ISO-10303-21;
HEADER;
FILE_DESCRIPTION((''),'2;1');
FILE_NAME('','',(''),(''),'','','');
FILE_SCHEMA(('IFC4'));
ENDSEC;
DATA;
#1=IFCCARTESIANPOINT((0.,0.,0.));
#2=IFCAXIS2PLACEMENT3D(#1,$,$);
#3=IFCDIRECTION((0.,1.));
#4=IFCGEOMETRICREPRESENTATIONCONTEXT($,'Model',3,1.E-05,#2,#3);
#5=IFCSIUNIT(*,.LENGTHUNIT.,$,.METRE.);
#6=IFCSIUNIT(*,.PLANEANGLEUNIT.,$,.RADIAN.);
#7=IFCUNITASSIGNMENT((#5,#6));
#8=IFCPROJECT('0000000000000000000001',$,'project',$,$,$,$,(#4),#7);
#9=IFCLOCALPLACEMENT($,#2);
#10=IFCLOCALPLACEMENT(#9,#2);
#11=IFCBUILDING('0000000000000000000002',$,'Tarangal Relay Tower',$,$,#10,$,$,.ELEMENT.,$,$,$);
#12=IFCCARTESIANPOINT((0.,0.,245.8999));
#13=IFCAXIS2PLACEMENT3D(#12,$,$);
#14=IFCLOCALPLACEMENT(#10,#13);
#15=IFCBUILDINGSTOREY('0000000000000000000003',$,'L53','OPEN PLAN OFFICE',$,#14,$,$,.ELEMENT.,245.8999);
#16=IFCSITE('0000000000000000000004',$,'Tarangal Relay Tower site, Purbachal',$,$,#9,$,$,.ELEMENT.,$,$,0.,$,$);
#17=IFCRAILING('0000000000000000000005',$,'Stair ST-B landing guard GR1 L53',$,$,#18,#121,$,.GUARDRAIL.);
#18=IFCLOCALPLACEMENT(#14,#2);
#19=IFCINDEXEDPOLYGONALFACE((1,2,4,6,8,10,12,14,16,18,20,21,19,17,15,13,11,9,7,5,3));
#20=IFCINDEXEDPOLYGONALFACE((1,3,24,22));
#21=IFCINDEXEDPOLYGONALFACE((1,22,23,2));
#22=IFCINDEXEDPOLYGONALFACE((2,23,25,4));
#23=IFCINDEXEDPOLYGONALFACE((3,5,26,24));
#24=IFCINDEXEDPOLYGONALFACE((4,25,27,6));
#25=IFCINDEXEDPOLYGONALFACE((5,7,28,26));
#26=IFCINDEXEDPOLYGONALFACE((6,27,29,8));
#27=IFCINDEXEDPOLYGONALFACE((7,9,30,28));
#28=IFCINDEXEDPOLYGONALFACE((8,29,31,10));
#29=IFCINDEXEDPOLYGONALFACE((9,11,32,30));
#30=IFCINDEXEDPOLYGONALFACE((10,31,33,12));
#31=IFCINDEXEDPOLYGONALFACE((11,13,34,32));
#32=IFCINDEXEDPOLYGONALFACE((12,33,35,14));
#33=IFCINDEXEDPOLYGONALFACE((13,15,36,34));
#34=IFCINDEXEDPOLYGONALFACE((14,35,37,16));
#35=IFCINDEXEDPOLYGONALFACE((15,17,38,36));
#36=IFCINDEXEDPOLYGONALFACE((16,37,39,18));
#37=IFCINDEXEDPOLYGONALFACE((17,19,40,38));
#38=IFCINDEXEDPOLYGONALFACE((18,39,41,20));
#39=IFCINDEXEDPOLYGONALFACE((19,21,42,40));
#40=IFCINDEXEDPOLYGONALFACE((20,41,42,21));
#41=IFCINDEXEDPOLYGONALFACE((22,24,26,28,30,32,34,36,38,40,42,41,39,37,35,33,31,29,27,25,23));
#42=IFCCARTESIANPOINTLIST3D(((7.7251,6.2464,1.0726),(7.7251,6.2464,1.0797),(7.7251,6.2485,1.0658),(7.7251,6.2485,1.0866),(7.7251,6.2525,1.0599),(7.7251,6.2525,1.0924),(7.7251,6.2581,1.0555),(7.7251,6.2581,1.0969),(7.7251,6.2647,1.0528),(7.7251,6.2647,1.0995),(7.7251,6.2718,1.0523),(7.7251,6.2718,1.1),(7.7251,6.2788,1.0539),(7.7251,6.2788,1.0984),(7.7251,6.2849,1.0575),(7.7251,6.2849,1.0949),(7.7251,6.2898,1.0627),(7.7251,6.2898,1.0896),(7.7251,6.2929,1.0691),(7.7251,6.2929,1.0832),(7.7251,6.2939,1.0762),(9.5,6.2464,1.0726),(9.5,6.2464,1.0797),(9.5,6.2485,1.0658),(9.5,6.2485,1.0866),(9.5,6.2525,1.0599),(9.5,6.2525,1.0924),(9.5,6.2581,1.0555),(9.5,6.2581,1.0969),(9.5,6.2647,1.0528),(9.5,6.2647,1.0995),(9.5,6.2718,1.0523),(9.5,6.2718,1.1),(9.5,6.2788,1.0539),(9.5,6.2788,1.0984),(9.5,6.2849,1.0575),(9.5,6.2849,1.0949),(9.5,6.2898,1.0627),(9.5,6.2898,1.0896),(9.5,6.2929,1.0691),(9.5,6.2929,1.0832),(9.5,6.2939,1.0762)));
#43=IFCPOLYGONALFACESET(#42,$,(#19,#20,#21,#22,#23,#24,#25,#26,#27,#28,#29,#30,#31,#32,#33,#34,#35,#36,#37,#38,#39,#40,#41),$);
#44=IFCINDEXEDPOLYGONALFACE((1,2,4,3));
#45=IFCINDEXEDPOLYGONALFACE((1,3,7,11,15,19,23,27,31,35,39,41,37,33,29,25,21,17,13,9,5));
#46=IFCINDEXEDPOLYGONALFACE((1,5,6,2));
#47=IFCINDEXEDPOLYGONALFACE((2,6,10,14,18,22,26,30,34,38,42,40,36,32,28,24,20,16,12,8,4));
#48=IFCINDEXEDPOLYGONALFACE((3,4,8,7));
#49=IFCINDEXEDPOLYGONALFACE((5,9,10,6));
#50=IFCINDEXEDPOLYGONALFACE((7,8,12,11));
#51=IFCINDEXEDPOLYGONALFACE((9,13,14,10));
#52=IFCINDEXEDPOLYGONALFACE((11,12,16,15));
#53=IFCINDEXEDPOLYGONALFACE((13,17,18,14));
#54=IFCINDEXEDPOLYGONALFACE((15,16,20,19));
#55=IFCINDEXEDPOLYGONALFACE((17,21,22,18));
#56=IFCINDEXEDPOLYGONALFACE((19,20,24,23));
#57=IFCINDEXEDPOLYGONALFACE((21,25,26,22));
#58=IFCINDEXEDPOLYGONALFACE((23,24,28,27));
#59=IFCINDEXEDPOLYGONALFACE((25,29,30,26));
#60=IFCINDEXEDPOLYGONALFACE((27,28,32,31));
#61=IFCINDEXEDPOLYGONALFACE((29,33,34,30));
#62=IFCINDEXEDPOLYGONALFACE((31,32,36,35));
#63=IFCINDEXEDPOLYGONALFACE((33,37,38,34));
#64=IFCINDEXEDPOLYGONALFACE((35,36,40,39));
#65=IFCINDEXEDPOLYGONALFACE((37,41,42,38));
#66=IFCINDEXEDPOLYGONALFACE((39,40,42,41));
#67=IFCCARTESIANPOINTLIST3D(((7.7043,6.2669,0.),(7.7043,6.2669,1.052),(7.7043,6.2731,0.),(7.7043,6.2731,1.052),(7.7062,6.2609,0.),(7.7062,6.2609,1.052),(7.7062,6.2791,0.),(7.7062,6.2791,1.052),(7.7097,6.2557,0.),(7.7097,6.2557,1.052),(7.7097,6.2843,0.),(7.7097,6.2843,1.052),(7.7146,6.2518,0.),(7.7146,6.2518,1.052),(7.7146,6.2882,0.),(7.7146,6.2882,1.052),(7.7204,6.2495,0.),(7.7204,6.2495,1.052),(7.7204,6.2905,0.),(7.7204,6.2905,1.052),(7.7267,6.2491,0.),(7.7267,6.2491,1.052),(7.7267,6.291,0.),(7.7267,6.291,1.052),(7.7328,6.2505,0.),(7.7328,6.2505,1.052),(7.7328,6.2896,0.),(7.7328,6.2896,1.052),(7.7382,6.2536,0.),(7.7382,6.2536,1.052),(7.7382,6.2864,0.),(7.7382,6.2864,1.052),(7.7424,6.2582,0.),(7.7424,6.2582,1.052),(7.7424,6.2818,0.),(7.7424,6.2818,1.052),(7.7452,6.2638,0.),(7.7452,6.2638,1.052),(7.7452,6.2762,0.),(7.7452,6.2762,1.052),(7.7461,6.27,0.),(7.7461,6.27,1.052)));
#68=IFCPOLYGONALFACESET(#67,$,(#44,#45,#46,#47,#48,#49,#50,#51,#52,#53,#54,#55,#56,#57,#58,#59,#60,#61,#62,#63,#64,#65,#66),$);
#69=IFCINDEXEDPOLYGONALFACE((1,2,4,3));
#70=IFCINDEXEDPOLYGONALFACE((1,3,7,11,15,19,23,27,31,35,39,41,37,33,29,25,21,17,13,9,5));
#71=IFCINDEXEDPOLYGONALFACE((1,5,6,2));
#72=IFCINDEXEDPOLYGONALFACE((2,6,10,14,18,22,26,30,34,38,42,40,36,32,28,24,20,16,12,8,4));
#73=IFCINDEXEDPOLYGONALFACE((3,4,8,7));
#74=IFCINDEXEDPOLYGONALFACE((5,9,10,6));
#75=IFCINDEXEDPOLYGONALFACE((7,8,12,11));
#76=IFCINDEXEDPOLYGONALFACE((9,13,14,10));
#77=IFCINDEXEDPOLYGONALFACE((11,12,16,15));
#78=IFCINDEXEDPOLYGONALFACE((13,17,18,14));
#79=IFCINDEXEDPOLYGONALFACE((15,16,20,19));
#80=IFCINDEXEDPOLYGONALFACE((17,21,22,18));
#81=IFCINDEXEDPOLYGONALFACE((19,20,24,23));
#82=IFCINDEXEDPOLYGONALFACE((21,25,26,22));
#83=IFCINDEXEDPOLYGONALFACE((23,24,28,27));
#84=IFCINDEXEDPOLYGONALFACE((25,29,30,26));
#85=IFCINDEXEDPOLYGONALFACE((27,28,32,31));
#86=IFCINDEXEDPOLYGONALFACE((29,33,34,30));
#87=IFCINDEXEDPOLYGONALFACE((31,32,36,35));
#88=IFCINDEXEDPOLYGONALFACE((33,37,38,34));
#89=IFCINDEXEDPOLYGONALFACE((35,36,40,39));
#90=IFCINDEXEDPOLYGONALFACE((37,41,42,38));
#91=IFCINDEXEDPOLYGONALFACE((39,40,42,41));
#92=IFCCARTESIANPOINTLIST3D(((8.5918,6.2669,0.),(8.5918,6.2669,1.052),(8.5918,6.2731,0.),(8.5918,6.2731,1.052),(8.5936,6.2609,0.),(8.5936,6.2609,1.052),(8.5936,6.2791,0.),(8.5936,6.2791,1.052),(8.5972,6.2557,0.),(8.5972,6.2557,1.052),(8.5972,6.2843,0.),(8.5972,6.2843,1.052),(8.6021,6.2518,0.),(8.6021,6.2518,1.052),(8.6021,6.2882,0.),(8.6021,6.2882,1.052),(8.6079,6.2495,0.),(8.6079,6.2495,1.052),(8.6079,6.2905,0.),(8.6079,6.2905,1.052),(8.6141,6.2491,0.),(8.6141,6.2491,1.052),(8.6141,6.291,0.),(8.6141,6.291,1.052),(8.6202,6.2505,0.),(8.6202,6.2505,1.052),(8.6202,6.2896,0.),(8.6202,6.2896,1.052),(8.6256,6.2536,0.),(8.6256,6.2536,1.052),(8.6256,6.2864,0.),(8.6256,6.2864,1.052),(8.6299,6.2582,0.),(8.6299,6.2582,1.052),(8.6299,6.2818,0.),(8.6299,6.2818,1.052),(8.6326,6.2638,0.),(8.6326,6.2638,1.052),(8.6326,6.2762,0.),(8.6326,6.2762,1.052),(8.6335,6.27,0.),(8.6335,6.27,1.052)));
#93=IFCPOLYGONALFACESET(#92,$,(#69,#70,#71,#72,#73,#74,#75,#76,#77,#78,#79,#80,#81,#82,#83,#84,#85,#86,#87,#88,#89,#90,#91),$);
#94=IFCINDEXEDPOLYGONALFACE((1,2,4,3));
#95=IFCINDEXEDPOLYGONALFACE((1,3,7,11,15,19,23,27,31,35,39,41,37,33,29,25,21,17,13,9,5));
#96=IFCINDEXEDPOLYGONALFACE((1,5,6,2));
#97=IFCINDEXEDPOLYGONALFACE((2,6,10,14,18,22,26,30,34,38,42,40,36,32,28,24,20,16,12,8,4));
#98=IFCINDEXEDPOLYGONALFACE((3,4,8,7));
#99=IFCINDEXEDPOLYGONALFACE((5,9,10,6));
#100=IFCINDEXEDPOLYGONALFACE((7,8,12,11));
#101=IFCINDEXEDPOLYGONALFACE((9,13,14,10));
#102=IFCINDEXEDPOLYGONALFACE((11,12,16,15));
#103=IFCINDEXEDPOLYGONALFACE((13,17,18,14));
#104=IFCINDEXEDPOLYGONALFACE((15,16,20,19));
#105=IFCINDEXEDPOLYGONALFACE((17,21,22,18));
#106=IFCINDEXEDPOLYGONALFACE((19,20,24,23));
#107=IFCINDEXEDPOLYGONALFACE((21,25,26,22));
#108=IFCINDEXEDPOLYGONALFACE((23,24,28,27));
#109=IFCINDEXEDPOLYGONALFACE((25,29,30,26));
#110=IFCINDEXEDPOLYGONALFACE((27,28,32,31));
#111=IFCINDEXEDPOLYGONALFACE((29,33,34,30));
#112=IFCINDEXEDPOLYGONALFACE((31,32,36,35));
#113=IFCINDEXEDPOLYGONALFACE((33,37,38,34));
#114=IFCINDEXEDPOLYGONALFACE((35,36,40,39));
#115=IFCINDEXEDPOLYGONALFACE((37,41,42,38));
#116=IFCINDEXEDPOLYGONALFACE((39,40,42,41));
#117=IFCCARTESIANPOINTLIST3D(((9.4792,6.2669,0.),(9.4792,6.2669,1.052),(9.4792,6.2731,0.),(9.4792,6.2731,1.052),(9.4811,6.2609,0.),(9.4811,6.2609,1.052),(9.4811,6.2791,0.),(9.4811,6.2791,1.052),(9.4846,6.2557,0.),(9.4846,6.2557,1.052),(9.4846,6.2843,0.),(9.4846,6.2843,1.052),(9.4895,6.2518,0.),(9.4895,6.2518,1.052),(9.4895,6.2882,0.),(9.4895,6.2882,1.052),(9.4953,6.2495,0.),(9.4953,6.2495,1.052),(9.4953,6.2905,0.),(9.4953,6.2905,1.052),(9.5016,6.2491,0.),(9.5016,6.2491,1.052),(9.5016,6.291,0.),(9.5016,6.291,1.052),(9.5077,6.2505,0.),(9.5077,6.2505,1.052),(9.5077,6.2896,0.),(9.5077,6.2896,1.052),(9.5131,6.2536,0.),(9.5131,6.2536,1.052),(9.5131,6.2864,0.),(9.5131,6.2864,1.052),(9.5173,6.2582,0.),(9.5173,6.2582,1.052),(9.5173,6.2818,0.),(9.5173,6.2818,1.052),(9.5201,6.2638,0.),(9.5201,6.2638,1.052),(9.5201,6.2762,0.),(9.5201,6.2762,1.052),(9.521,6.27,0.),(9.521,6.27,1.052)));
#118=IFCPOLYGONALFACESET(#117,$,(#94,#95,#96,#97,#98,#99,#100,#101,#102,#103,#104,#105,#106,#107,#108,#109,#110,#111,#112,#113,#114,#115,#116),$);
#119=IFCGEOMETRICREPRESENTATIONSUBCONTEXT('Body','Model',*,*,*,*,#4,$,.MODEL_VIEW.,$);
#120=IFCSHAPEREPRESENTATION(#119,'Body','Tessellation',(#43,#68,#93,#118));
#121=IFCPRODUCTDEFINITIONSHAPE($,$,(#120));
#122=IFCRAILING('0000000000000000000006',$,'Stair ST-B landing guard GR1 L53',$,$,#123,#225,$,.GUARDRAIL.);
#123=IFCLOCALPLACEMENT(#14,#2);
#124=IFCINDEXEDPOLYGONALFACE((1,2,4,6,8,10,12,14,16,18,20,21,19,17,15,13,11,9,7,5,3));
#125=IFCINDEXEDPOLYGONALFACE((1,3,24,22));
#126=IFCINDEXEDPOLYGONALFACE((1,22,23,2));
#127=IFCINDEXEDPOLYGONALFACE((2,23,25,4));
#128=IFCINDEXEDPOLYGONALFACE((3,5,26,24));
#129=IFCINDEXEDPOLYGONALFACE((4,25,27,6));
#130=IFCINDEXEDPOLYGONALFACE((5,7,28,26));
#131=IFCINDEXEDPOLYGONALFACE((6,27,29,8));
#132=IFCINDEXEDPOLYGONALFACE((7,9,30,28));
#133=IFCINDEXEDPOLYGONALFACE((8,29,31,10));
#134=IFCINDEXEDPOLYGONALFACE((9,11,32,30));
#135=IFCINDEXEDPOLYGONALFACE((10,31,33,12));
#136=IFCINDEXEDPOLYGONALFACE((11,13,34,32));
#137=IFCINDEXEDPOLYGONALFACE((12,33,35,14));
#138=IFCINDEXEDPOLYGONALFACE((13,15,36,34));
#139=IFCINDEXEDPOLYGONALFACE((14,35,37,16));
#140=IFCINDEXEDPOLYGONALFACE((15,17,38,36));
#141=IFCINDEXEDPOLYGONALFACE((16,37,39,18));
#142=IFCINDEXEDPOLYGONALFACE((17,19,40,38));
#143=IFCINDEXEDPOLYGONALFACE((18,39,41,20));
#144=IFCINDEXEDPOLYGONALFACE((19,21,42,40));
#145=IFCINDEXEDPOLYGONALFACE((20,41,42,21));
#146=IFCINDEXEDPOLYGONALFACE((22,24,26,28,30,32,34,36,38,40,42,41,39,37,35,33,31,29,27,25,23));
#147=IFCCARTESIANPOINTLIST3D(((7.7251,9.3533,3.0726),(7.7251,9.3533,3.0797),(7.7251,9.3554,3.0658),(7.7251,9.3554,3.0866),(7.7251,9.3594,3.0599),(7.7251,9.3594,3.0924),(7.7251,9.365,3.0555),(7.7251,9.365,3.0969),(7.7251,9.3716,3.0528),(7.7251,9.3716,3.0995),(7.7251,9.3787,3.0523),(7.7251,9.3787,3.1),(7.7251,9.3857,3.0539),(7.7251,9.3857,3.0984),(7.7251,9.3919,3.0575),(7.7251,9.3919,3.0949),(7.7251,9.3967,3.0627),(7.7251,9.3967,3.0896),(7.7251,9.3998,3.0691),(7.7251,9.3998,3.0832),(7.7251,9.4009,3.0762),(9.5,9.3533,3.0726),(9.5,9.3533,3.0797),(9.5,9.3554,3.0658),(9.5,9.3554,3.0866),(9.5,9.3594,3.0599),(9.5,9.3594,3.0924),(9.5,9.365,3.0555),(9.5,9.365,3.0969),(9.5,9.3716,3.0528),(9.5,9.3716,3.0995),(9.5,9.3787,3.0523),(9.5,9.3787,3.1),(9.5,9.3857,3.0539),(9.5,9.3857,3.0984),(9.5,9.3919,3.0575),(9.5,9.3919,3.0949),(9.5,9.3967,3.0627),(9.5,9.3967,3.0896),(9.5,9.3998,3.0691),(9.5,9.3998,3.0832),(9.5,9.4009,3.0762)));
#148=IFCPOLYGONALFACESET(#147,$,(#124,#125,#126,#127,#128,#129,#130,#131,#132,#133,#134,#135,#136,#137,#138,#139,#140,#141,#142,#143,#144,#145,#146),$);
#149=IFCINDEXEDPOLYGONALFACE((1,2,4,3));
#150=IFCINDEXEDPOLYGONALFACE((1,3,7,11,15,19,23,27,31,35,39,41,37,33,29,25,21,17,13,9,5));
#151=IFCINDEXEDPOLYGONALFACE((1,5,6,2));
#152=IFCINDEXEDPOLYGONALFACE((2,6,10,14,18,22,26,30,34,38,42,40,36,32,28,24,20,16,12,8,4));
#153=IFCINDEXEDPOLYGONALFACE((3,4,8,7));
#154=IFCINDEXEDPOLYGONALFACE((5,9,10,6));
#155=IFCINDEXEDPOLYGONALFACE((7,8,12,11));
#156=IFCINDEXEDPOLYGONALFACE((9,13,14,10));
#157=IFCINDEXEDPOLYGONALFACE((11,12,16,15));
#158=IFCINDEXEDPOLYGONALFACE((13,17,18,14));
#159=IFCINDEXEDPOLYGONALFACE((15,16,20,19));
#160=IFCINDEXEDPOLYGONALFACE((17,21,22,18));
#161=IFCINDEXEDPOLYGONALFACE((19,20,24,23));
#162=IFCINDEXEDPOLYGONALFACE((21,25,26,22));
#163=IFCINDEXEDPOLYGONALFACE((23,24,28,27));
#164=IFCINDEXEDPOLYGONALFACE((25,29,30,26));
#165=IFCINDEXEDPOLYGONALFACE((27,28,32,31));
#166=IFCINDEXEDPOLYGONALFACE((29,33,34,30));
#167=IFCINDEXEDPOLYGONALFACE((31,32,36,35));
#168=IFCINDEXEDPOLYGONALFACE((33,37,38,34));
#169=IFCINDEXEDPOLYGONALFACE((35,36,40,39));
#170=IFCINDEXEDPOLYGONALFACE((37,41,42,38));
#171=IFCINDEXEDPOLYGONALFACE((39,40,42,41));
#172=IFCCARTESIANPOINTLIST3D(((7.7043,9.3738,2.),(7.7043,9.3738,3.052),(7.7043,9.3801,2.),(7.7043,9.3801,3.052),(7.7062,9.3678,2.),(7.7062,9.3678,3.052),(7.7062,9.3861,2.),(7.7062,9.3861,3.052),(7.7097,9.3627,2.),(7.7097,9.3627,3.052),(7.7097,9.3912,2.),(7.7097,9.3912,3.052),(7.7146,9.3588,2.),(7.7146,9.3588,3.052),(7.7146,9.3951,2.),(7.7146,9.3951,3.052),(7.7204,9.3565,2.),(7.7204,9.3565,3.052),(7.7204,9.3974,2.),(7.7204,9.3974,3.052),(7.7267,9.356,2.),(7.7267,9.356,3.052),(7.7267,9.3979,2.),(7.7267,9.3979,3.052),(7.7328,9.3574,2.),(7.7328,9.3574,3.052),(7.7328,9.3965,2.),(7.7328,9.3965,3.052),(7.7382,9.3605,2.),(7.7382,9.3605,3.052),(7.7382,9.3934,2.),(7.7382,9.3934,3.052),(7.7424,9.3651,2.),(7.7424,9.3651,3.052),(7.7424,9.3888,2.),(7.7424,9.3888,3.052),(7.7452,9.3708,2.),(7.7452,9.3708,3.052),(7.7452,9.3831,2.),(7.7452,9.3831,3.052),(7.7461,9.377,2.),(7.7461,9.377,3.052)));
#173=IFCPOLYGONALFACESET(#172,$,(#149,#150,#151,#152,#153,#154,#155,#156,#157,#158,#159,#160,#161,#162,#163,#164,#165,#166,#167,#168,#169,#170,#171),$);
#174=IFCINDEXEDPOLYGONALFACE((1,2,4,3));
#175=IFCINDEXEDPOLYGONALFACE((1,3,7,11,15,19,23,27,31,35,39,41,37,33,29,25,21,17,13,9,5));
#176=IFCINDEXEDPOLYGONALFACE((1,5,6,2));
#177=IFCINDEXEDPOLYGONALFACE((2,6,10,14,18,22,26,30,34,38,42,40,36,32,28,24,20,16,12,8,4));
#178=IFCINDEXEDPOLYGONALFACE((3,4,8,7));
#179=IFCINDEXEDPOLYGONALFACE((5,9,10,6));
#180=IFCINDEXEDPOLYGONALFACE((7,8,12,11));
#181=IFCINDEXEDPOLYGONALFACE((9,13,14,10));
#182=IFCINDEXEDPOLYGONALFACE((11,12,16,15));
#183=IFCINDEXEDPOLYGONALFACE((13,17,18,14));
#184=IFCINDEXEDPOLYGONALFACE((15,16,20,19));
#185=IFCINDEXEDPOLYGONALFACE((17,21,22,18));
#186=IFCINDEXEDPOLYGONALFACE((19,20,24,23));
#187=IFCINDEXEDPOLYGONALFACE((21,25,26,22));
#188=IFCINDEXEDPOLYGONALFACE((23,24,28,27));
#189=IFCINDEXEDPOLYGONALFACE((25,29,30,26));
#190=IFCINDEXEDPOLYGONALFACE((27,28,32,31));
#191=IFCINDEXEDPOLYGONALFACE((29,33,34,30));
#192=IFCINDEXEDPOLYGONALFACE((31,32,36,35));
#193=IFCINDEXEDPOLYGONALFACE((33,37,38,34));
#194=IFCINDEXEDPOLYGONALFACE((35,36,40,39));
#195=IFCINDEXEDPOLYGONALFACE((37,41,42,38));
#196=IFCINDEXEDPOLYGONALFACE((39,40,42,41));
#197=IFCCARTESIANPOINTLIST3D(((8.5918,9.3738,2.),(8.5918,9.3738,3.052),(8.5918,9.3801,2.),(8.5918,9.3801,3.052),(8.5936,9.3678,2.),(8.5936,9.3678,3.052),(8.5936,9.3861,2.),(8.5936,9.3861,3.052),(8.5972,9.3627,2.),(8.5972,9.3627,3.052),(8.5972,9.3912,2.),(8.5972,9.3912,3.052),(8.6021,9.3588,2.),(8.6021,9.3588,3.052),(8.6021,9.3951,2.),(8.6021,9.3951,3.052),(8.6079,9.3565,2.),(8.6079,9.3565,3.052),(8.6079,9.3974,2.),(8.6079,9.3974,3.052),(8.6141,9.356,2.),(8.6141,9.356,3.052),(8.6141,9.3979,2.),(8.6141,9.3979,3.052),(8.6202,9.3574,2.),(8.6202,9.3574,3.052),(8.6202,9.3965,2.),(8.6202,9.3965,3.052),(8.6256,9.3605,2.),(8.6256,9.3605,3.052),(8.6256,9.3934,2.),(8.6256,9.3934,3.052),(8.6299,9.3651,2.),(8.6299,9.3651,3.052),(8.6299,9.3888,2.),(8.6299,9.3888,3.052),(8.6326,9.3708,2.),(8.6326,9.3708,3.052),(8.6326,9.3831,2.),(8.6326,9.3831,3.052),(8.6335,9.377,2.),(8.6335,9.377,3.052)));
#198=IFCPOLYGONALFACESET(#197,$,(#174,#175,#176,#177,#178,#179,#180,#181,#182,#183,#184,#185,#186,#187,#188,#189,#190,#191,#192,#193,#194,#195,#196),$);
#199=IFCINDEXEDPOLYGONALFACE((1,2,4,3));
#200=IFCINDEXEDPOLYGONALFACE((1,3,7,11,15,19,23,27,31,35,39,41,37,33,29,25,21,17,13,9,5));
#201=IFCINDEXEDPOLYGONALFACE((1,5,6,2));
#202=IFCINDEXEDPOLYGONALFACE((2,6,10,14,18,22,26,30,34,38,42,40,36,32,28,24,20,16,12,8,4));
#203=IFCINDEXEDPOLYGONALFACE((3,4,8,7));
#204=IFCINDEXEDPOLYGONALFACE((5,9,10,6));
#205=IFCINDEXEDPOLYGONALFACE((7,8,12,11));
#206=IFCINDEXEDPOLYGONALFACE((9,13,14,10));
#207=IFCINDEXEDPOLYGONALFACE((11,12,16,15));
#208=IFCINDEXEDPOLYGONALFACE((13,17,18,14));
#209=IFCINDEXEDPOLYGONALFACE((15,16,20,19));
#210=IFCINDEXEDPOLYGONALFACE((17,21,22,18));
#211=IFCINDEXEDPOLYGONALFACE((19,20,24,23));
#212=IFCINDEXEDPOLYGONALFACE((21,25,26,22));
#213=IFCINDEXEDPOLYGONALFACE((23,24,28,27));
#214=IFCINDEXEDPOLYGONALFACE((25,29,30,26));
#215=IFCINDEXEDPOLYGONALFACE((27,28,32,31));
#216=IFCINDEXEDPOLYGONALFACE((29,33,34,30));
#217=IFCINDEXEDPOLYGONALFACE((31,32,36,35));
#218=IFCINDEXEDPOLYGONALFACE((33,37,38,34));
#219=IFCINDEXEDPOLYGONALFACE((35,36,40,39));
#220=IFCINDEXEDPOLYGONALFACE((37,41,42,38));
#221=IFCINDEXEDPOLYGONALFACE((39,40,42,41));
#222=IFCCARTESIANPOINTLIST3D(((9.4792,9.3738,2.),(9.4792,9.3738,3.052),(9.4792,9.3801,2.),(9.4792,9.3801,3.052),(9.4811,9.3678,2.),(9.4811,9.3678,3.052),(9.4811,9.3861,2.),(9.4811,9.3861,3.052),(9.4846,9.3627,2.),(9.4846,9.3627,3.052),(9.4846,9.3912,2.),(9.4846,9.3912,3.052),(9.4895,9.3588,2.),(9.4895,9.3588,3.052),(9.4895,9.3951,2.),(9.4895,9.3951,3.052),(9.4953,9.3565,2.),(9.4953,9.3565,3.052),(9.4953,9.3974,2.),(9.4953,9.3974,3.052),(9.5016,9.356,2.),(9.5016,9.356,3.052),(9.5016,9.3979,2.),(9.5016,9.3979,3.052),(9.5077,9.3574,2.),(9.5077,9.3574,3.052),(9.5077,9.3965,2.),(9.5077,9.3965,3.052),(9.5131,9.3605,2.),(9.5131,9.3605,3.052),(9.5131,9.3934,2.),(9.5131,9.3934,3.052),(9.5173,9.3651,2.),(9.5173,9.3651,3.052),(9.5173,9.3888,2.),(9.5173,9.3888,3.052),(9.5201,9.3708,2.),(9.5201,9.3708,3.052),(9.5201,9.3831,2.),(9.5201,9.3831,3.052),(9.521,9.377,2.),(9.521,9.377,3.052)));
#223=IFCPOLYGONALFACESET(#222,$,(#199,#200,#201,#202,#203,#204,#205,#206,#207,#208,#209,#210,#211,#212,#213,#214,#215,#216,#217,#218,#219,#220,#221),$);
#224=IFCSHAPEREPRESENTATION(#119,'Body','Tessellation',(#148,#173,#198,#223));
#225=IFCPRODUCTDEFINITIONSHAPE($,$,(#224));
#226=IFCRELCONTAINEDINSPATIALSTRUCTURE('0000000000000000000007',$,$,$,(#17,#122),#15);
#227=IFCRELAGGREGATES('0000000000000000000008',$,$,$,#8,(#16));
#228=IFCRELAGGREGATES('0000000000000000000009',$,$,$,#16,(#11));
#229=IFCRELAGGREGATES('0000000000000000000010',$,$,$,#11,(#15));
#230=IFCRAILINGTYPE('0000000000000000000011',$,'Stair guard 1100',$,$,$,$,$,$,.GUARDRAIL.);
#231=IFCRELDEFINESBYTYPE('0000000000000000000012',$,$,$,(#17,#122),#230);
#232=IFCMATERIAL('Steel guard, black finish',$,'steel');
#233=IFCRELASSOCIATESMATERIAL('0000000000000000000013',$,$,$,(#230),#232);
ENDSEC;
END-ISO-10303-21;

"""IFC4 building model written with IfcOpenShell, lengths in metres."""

from ifc_helpers import new_model, si_unit, direction, frame, origin, origin_2d, place, context, subcontext, project, spatial, circle, extrude, material, type_object, element, save


model = new_model("IFC4")

# Units and contexts
model_context = context("Model", 3, precision=1e-05, world=origin(), true_north=direction((0.0, 1.0)))
body_context = subcontext(model_context, "Body", "Model", "MODEL_VIEW")
ifc_project = project(units=[si_unit("LENGTHUNIT", "METRE"), si_unit("PLANEANGLEUNIT", "RADIAN")], contexts=[model_context])

# Site, building, storey
site_placement = place(None, origin())
site = spatial("IfcSite", under=ifc_project, at=site_placement, Name="Tarangal Relay Tower site, Purbachal", CompositionType="ELEMENT", RefElevation=0.0)
building_placement = place(site_placement, origin())
building = spatial("IfcBuilding", under=site, at=building_placement, Name="Tarangal Relay Tower", CompositionType="ELEMENT")
storey_placement = place(building_placement, frame((0.0, 0.0, 245.8999)))
storey = spatial("IfcBuildingStorey", under=building, at=storey_placement, Name="L53", Description="OPEN PLAN OFFICE", CompositionType="ELEMENT", Elevation=245.8999)

# Railings
ifc_material_1 = material(Name="Steel guard, black finish", Category="steel")
railing_type_1 = type_object("IfcRailingType", Name="Stair guard 1100", PredefinedType="GUARDRAIL", material=ifc_material_1)
for number, where, name in (
    (1, (7.7251, 6.27, 0.0), "Stair ST-B landing guard GR1 L53"),
    (2, (7.7251, 9.377, 2.0), "Stair ST-B landing guard GR1 L53"),
):
    element("IfcRailing", number, at=place(storey_placement, frame(where)), inside=storey, type_object=railing_type_1, Name=name, PredefinedType="GUARDRAIL", context=body_context, shape_type="SweptSolid", body=[
        extrude(circle(Radius=0.0239, at=origin_2d()), frame((0.0, 0.0, 1.0762), z_axis=(1.0, 0.0, 0.0), x_axis=(0.0, 1.0, 0.0)), (0.0, 0.0, 1.0), 1.7749),
        extrude(circle(Radius=0.021, at=origin_2d()), origin(), (0.0, 0.0, 1.0), 1.052),
        extrude(circle(Radius=0.021, at=origin_2d()), frame((0.8875, 0.0, 0.0)), (0.0, 0.0, 1.0), 1.052),
        extrude(circle(Radius=0.021, at=origin_2d()), frame((1.7749, 0.0, 0.0)), (0.0, 0.0, 1.0), 1.052),
    ])

save(model, "model.ifc")
